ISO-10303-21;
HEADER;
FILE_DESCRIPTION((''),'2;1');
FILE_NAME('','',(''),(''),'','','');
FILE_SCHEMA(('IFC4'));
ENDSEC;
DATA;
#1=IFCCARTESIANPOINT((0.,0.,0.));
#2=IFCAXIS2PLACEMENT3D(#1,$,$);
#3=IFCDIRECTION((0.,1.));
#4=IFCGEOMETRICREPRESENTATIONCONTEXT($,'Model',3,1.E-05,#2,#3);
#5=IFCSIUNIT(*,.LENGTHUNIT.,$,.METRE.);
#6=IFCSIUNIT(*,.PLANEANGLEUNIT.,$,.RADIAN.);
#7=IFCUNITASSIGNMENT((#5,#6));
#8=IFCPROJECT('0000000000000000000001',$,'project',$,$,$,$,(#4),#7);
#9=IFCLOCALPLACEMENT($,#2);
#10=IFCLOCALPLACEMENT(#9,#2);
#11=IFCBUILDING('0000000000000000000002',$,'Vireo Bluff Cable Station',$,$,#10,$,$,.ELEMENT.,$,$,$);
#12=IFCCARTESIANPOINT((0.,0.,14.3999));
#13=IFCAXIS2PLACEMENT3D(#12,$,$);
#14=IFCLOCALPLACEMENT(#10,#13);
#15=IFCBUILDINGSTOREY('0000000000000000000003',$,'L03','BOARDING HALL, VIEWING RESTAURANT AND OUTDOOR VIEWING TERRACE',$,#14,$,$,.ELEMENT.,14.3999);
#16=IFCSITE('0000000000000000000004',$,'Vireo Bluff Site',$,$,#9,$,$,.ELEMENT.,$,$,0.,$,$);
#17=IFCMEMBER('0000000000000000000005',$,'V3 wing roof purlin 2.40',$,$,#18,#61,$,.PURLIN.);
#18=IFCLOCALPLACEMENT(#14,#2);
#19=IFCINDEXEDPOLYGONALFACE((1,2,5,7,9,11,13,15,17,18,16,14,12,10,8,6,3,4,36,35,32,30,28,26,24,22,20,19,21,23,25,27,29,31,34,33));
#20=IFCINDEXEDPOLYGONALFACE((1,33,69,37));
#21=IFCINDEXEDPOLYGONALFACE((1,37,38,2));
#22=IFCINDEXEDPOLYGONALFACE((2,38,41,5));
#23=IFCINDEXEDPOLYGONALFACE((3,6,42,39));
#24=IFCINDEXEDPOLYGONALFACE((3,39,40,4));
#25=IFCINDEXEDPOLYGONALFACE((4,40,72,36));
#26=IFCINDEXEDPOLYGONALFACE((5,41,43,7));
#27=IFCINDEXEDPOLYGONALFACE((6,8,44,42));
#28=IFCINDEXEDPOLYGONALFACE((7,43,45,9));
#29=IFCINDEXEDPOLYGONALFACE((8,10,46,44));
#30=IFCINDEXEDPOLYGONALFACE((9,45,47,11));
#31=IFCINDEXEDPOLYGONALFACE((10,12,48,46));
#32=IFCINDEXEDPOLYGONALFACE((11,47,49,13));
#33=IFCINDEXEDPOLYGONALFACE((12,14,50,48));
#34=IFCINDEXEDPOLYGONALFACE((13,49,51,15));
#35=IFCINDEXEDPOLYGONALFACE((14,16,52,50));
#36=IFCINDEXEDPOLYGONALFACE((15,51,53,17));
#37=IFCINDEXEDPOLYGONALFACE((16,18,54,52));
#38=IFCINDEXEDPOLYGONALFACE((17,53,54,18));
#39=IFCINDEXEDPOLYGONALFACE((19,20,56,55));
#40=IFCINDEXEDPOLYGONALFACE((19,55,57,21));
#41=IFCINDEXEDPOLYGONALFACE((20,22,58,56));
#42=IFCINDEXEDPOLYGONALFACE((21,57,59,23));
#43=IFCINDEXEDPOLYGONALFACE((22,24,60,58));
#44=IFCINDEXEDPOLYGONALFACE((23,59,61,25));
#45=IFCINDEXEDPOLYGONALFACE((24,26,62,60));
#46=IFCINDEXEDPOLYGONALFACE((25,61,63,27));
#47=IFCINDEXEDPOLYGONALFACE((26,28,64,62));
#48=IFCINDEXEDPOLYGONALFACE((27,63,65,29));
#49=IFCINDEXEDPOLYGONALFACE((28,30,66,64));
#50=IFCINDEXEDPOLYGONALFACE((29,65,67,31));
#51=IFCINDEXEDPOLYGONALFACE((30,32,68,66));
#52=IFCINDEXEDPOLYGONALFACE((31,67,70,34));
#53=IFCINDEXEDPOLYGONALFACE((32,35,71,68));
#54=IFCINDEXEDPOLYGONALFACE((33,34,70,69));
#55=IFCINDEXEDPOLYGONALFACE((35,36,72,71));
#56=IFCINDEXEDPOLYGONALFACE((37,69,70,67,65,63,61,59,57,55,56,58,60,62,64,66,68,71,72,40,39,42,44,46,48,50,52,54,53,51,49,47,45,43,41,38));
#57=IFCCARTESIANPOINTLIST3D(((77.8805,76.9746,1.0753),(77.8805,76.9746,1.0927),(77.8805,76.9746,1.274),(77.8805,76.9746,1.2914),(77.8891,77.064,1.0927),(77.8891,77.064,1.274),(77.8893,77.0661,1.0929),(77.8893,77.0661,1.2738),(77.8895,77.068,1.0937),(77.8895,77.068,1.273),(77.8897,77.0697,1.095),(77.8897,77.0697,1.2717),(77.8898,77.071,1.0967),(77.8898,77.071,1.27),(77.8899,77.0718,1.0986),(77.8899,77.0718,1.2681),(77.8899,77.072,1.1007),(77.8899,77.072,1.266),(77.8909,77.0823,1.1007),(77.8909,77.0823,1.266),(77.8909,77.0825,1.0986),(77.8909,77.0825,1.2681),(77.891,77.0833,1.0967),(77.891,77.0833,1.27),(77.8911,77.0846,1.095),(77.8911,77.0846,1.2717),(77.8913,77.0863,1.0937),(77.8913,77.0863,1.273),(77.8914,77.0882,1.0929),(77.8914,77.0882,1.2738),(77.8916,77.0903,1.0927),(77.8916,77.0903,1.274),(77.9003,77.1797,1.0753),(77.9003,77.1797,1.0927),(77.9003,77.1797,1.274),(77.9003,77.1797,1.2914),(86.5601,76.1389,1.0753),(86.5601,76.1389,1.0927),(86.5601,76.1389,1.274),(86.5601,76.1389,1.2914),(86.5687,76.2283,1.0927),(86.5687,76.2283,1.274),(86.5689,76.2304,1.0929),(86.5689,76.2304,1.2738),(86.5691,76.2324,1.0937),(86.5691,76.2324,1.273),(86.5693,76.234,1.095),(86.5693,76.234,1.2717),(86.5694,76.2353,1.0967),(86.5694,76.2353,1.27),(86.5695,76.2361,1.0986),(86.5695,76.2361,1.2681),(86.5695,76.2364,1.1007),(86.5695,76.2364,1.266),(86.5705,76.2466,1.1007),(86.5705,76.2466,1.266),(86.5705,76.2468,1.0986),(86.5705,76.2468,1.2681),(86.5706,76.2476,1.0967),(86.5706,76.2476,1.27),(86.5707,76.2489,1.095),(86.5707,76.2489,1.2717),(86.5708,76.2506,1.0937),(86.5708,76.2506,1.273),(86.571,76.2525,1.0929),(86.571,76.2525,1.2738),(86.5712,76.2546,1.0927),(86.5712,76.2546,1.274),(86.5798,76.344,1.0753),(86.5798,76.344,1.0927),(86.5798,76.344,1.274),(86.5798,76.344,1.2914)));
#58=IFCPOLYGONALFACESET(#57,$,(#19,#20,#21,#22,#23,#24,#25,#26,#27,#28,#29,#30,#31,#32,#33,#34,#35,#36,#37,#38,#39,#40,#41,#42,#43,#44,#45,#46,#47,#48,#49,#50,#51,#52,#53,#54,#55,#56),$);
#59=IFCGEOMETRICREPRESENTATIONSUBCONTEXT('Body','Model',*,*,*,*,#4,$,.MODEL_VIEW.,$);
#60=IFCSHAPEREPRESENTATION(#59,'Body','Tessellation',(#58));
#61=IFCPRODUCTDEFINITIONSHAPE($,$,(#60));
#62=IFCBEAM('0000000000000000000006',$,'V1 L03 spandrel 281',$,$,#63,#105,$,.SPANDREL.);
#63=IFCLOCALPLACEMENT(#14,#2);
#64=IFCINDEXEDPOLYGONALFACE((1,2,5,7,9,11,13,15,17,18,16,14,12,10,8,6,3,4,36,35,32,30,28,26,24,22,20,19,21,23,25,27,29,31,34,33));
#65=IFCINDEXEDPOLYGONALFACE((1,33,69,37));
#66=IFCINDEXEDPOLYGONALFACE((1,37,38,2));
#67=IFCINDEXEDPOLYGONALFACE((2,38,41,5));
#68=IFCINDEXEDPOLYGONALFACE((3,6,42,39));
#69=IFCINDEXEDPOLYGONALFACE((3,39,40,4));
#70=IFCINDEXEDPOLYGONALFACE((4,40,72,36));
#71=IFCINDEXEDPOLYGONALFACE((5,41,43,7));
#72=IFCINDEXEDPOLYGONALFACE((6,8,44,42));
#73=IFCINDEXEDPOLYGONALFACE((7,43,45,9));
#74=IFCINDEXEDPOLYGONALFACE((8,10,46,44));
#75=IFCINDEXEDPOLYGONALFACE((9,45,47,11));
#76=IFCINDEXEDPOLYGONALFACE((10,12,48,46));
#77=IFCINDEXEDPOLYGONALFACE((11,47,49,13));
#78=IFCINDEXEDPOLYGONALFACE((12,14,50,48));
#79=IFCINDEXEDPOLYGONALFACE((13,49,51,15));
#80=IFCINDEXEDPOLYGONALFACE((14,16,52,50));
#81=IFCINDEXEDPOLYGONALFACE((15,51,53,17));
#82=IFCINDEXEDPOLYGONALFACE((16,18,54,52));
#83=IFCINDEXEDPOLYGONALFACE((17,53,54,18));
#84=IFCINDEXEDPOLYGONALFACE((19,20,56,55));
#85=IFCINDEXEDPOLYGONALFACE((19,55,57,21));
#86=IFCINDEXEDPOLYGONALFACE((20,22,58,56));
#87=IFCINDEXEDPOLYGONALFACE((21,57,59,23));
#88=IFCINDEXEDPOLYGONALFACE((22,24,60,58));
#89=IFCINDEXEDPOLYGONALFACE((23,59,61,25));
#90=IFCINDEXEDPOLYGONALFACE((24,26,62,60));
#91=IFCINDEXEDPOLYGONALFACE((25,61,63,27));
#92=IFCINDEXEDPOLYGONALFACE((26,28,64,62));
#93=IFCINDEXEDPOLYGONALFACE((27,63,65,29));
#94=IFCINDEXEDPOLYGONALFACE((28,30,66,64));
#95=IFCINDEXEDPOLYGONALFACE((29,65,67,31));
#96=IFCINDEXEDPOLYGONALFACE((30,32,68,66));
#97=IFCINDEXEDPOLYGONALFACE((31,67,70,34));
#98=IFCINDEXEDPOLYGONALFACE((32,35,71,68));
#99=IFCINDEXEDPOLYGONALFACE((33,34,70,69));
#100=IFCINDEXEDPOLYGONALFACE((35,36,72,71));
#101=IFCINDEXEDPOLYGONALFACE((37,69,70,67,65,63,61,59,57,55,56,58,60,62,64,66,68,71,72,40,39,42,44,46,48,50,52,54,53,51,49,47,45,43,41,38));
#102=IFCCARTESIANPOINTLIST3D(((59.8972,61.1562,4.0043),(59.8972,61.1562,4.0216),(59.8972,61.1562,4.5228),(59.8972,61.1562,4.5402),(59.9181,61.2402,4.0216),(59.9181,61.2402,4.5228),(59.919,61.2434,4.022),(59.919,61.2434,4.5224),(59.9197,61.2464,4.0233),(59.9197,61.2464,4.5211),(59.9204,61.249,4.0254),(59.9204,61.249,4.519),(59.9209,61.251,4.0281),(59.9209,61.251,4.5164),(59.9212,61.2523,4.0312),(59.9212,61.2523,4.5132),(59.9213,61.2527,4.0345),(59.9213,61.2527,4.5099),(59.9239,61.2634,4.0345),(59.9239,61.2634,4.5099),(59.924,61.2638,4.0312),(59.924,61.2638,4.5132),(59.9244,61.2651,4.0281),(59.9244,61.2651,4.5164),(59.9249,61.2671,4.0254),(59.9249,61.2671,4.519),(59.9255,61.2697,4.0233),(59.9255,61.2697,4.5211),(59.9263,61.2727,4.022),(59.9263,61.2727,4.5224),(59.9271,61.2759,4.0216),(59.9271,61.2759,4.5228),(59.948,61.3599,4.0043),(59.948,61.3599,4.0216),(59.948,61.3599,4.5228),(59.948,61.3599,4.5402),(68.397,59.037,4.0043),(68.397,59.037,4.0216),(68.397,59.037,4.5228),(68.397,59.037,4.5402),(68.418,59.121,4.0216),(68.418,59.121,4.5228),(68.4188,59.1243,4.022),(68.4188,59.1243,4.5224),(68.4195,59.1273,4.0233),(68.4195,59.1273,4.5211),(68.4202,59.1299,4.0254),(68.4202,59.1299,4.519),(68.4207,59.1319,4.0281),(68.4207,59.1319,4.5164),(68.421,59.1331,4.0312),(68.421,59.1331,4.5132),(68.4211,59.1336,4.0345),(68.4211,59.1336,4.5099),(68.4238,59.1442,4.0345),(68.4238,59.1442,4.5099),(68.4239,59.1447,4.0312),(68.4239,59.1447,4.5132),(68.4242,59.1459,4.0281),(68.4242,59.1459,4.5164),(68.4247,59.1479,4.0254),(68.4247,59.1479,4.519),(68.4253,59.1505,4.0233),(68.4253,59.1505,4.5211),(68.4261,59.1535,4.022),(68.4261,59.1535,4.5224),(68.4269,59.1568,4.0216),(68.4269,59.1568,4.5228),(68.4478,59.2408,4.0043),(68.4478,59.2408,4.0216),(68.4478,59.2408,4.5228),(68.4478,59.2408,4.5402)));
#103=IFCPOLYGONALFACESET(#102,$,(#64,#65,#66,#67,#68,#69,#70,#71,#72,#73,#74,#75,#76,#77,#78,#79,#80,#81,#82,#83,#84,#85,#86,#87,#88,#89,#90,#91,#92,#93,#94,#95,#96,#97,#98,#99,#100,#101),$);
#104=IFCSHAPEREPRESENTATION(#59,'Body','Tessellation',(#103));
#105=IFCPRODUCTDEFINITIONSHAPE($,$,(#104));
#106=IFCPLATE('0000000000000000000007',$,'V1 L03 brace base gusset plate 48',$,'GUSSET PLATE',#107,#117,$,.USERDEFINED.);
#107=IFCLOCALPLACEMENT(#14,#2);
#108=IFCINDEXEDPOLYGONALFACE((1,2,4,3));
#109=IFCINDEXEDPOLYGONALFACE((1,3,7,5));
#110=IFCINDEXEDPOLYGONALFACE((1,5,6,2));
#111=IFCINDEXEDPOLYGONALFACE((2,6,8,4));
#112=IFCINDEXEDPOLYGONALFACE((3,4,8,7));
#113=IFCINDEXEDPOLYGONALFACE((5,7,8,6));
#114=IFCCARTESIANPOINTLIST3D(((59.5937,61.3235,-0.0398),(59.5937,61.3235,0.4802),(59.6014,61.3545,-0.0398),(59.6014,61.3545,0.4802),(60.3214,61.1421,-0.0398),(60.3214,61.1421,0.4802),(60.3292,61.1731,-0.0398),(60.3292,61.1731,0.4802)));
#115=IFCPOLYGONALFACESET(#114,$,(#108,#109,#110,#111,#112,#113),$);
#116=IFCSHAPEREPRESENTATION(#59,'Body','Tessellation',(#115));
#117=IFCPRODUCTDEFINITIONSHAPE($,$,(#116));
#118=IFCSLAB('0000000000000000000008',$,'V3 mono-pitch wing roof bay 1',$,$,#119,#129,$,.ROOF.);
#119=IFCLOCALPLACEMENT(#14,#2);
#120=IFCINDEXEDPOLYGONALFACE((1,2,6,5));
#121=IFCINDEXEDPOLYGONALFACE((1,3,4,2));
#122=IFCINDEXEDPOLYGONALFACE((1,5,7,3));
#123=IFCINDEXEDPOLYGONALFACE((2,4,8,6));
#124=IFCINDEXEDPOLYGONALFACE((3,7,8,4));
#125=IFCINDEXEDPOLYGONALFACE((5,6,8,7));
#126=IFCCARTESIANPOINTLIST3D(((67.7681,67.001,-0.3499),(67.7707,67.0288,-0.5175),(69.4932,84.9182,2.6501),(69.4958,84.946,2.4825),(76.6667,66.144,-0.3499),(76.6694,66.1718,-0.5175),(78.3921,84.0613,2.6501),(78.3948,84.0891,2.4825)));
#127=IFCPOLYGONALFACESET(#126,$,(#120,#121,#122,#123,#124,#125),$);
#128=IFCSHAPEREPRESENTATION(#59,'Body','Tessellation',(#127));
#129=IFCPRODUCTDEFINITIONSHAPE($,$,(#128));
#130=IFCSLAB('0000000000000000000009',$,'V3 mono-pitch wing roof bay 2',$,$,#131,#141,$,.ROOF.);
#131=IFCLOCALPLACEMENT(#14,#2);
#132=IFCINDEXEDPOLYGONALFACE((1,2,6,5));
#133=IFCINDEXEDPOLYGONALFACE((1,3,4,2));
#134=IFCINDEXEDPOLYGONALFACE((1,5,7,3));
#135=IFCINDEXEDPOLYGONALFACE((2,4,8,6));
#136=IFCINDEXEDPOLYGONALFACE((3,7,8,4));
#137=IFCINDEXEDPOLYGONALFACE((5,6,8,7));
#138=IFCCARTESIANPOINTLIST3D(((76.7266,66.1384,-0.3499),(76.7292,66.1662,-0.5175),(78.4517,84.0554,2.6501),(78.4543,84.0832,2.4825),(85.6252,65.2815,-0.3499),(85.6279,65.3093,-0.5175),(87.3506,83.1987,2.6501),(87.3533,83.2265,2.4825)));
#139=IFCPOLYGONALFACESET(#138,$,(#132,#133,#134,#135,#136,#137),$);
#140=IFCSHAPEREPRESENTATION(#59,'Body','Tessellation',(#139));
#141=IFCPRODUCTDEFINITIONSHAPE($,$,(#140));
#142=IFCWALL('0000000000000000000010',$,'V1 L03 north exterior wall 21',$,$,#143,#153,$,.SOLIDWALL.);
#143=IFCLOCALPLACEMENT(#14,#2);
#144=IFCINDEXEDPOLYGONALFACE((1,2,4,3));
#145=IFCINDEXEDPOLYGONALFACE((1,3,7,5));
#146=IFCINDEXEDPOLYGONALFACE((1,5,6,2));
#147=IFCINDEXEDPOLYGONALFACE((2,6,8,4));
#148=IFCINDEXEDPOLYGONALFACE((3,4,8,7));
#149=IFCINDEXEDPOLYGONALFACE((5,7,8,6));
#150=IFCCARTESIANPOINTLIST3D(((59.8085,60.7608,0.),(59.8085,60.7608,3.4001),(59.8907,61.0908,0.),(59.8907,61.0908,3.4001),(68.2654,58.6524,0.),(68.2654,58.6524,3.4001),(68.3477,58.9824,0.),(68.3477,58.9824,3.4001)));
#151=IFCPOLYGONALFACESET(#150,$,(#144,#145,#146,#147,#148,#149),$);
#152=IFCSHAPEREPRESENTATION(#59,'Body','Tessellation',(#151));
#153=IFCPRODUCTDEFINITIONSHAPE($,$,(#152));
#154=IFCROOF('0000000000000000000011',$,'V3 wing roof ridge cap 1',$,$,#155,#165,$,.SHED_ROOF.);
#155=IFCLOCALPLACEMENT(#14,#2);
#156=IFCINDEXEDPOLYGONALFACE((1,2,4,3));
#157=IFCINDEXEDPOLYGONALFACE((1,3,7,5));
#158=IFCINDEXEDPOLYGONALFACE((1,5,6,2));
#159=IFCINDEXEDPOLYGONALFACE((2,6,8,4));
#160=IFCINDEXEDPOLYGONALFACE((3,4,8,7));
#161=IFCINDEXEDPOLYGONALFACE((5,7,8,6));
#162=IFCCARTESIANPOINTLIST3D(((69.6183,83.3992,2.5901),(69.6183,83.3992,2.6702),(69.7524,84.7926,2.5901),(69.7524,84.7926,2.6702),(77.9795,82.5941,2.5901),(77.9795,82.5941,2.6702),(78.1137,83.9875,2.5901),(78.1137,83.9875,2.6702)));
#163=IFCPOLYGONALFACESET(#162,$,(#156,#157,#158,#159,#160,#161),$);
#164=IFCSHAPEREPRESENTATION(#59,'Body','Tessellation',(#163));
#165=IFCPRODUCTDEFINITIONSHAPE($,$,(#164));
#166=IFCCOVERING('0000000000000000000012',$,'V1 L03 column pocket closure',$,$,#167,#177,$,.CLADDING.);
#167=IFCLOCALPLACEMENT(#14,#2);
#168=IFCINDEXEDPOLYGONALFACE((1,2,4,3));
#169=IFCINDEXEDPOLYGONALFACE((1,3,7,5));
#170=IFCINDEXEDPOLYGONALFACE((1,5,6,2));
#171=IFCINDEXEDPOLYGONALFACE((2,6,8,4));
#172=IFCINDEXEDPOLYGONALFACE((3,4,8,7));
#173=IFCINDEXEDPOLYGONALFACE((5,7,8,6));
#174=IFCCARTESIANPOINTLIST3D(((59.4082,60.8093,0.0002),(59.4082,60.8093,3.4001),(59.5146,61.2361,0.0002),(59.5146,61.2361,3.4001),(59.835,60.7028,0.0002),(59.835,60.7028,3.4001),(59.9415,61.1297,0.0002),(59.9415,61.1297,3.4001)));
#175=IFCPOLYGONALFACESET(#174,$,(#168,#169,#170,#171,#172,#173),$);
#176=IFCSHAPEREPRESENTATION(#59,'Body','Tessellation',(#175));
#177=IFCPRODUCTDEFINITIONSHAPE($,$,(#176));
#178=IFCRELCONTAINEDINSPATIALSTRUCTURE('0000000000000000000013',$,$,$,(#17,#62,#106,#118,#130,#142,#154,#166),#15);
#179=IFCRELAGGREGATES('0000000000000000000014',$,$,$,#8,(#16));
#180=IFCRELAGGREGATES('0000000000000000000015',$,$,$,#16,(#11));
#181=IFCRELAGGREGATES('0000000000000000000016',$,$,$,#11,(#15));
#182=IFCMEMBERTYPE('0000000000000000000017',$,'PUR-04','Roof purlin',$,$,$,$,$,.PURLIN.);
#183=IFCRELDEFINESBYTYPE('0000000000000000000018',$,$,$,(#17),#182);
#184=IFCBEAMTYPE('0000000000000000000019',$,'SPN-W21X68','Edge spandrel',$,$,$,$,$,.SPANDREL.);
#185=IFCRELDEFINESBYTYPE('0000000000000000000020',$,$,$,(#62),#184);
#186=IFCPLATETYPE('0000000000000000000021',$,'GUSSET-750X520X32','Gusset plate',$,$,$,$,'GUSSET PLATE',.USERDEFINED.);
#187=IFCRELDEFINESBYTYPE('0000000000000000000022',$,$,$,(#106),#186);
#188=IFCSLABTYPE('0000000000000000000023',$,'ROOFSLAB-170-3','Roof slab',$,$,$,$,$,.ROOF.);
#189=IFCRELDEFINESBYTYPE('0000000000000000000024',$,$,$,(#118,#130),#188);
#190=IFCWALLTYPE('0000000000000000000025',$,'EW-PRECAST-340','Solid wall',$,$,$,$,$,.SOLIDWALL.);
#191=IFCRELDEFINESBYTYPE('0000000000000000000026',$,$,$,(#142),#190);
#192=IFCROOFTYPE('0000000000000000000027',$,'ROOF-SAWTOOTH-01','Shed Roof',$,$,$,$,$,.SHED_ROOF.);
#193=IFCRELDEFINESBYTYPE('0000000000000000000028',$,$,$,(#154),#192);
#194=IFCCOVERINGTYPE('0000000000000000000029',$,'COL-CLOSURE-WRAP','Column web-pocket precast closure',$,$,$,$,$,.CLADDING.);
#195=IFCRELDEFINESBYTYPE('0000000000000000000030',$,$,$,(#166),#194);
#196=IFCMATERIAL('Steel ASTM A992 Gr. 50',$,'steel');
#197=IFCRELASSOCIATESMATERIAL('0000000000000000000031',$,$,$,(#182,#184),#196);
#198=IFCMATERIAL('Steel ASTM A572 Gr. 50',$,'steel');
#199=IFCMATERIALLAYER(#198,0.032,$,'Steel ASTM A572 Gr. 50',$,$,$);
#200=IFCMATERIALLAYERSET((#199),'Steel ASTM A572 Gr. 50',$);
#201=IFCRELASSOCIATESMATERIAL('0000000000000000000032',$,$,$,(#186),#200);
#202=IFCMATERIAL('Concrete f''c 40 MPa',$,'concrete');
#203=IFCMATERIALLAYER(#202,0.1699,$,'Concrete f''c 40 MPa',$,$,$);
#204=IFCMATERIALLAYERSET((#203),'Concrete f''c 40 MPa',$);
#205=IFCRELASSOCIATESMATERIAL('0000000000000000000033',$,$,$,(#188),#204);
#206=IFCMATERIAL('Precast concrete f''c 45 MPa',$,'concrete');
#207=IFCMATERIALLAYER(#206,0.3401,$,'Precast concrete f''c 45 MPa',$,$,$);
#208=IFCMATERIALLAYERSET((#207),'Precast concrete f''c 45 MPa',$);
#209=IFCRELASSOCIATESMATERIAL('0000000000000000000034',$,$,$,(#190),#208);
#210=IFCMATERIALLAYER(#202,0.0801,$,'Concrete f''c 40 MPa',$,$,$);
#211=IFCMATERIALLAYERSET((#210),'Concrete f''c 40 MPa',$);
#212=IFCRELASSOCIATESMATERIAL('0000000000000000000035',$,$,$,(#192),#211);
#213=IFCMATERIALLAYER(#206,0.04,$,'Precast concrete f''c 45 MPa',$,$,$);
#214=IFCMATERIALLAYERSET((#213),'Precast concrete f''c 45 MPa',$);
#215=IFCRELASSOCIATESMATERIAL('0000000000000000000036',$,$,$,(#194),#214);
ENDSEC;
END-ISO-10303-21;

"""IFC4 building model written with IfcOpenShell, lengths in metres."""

from ifc_helpers import new_model, si_unit, direction, frame, frame_2d, origin, origin_2d, place, context, subcontext, project, spatial, polyline, rectangle, i_section, outline, extrude, material, layer, layer_set, material_profile, profile_set, type_object, element, save


model = new_model("IFC4")

# Units and contexts
model_context = context("Model", 3, precision=1e-05, world=origin(), true_north=direction((0.0, 1.0)))
body_context = subcontext(model_context, "Body", "Model", "MODEL_VIEW")
ifc_project = project(units=[si_unit("LENGTHUNIT", "METRE"), si_unit("PLANEANGLEUNIT", "RADIAN")], contexts=[model_context])

# Site, building, storey
site_placement = place(None, origin())
site = spatial("IfcSite", under=ifc_project, at=site_placement, Name="Vireo Bluff Site", CompositionType="ELEMENT", RefElevation=0.0)
building_placement = place(site_placement, origin())
building = spatial("IfcBuilding", under=site, at=building_placement, Name="Vireo Bluff Cable Station", CompositionType="ELEMENT")
storey_placement = place(building_placement, frame((0.0, 0.0, 14.3999)))
storey = spatial("IfcBuildingStorey", under=building, at=storey_placement, Name="L03", Description="BOARDING HALL, VIEWING RESTAURANT AND OUTDOOR VIEWING TERRACE", CompositionType="ELEMENT", Elevation=14.3999)

# Shared definitions
ifc_material_1 = material(Name="Steel ASTM A992 Gr. 50", Category="steel")

# Member
ifc_material_profile_1 = material_profile(ifc_material_1, i_section(OverallWidth=0.2061, OverallDepth=0.2161, WebThickness=0.0103, FlangeThickness=0.0173, FilletRadius=0.0081, at=origin_2d()), Name="W8X48")
ifc_profile_set_1 = profile_set([ifc_material_profile_1], Name="Steel ASTM A992 Gr. 50")
member_type_1 = type_object("IfcMemberType", Name="PUR-04", Description="Roof purlin", PredefinedType="PURLIN", material=ifc_profile_set_1)
member_1_placement = place(storey_placement, frame((77.8904, 77.0771, 1.1833), z_axis=(0.995397, -0.095838, 0.0), x_axis=(0.095838, 0.995397, 0.0)))
element("IfcMember", 1, at=member_1_placement, inside=storey, type_object=member_type_1, Name="V3 wing roof purlin 2.40", PredefinedType="PURLIN", context=body_context, shape_type="SweptSolid", body=[
    extrude(i_section(OverallWidth=0.2061, OverallDepth=0.2161, WebThickness=0.0103, FlangeThickness=0.0173, FilletRadius=0.0081, at=origin_2d()), origin(), (0.0, 0.0, 1.0), 8.7197),
])

# Beam
ifc_material_profile_2 = material_profile(ifc_material_1, i_section(OverallWidth=0.21, OverallDepth=0.5359, WebThickness=0.011, FlangeThickness=0.0173, FilletRadius=0.0129, at=origin_2d()), Name="W21X68")
ifc_profile_set_2 = profile_set([ifc_material_profile_2], Name="Steel ASTM A992 Gr. 50")
beam_type = type_object("IfcBeamType", Name="SPN-W21X68", Description="Edge spandrel", PredefinedType="SPANDREL", material=ifc_profile_set_2)
beam_placement = place(storey_placement, frame((59.9226, 61.2581, 4.2722), z_axis=(0.970298, -0.241913, 0.0), x_axis=(0.241913, 0.970298, 0.0)))
element("IfcBeam", 2, at=beam_placement, inside=storey, type_object=beam_type, Name="V1 L03 spandrel 281", PredefinedType="SPANDREL", context=body_context, shape_type="SweptSolid", body=[
    extrude(i_section(OverallWidth=0.21, OverallDepth=0.5359, WebThickness=0.011, FlangeThickness=0.0173, FilletRadius=0.0129, at=origin_2d()), origin(), (0.0, 0.0, 1.0), 8.76),
])

# Plate
ifc_material_2 = material(Name="Steel ASTM A572 Gr. 50", Category="steel")
ifc_layer_1 = layer(ifc_material_2, 0.032, Name="Steel ASTM A572 Gr. 50")
ifc_layer_set_1 = layer_set([ifc_layer_1], Name="Steel ASTM A572 Gr. 50")
plate_type = type_object("IfcPlateType", Name="GUSSET-750X520X32", Description="Gusset plate", ElementType="GUSSET PLATE", PredefinedType="USERDEFINED", material=ifc_layer_set_1)
plate_placement = place(storey_placement, frame((59.9614, 61.2483, -0.0398), z_axis=(0.0, 0.0, 1.0), x_axis=(0.970296, -0.241922, 0.0)))
element("IfcPlate", 3, at=plate_placement, inside=storey, type_object=plate_type, Name="V1 L03 brace base gusset plate 48", ObjectType="GUSSET PLATE", PredefinedType="USERDEFINED", context=body_context, shape_type="SweptSolid", body=[
    extrude(rectangle(XDim=0.75, YDim=0.032, at=origin_2d()), origin(), (0.0, 0.0, 1.0), 0.52),
])

# Slabs
ifc_material_3 = material(Name="Concrete f'c 40 MPa", Category="concrete")
ifc_layer_2 = layer(ifc_material_3, 0.1699, Name="Concrete f'c 40 MPa")
ifc_layer_set_2 = layer_set([ifc_layer_2], Name="Concrete f'c 40 MPa")
slab_type = type_object("IfcSlabType", Name="ROOFSLAB-170-3", Description="Roof slab", PredefinedType="ROOF", material=ifc_layer_set_2)
slab_1_placement = place(storey_placement, frame((67.7681, 67.001, -0.3499), z_axis=(-0.015758, -0.163641, 0.986394), x_axis=(0.995395, -0.095855, 0.0)))
element("IfcSlab", 4, at=slab_1_placement, inside=storey, type_object=slab_type, Name="V3 mono-pitch wing roof bay 1", PredefinedType="ROOF", context=body_context, shape_type="SweptSolid", body=[
    extrude(outline(polyline([(0.0, 0.0), (8.9398, 0.0), (8.9398, 18.2484), (-0.0003, 18.2484), (0.0, 0.0)])), origin(), (0.0, 0.0, -1.0), 0.1699),
])
slab_2_placement = place(storey_placement, frame((76.7266, 66.1384, -0.3499), z_axis=(-0.015756, -0.163642, 0.986394), x_axis=(0.995395, -0.095855, -0.000002)))
element("IfcSlab", 5, at=slab_2_placement, inside=storey, type_object=slab_type, Name="V3 mono-pitch wing roof bay 2", PredefinedType="ROOF", context=body_context, shape_type="SweptSolid", body=[
    extrude(outline(polyline([(0.0, 0.0), (8.9398, 0.0), (8.9398, 18.2484), (-0.0003, 18.2481), (0.0, 0.0)])), origin(), (0.0, 0.0, -1.0), 0.1699),
])

# Wall
ifc_material_4 = material(Name="Precast concrete f'c 45 MPa", Category="concrete")
ifc_layer_3 = layer(ifc_material_4, 0.3401, Name="Precast concrete f'c 45 MPa")
ifc_layer_set_3 = layer_set([ifc_layer_3], Name="Precast concrete f'c 45 MPa")
wall_type = type_object("IfcWallType", Name="EW-PRECAST-340", Description="Solid wall", PredefinedType="SOLIDWALL", material=ifc_layer_set_3)
wall_placement = place(storey_placement, frame((59.8496, 60.9258, 0.0), z_axis=(0.0, 0.0, 1.0), x_axis=(0.9703, -0.241903, 0.0)))
element("IfcWall", 6, at=wall_placement, inside=storey, type_object=wall_type, Name="V1 L03 north exterior wall 21", PredefinedType="SOLIDWALL", context=body_context, shape_type="SweptSolid", body=[
    extrude(rectangle(XDim=8.7158, YDim=0.3401, at=frame_2d((4.3579, 0.0))), origin(), (0.0, 0.0, 1.0), 3.4001),
])

# Roof
ifc_layer_4 = layer(ifc_material_3, 0.0801, Name="Concrete f'c 40 MPa")
ifc_layer_set_4 = layer_set([ifc_layer_4], Name="Concrete f'c 40 MPa")
roof_type = type_object("IfcRoofType", Name="ROOF-SAWTOOTH-01", Description="Shed Roof", PredefinedType="SHED_ROOF", material=ifc_layer_set_4)
roof_placement = place(storey_placement, frame((73.866, 83.6934, 2.5901), z_axis=(0.0, 0.0, 1.0), x_axis=(0.995396, -0.095846, 0.0)))
element("IfcRoof", 7, at=roof_placement, inside=storey, type_object=roof_type, Name="V3 wing roof ridge cap 1", PredefinedType="SHED_ROOF", context=body_context, shape_type="SweptSolid", body=[
    extrude(rectangle(XDim=8.3999, YDim=1.3999, at=origin_2d()), origin(), (0.0, 0.0, 1.0), 0.0801),
])

# Covering
ifc_layer_5 = layer(ifc_material_4, 0.04, Name="Precast concrete f'c 45 MPa")
ifc_layer_set_5 = layer_set([ifc_layer_5], Name="Precast concrete f'c 45 MPa")
covering_type = type_object("IfcCoveringType", Name="COL-CLOSURE-WRAP", Description="Column web-pocket precast closure", PredefinedType="CLADDING", material=ifc_layer_set_5)
covering_placement = place(storey_placement, frame((59.6748, 60.9695, 0.0002), z_axis=(0.0, 0.0, 1.0), x_axis=(0.970296, -0.241922, 0.0)))
element("IfcCovering", 8, at=covering_placement, inside=storey, type_object=covering_type, Name="V1 L03 column pocket closure", PredefinedType="CLADDING", context=body_context, shape_type="SweptSolid", body=[
    extrude(rectangle(XDim=0.4399, YDim=0.4399, at=origin_2d()), origin(), (0.0, 0.0, 1.0), 3.3999),
])

save(model, "model.ifc")
